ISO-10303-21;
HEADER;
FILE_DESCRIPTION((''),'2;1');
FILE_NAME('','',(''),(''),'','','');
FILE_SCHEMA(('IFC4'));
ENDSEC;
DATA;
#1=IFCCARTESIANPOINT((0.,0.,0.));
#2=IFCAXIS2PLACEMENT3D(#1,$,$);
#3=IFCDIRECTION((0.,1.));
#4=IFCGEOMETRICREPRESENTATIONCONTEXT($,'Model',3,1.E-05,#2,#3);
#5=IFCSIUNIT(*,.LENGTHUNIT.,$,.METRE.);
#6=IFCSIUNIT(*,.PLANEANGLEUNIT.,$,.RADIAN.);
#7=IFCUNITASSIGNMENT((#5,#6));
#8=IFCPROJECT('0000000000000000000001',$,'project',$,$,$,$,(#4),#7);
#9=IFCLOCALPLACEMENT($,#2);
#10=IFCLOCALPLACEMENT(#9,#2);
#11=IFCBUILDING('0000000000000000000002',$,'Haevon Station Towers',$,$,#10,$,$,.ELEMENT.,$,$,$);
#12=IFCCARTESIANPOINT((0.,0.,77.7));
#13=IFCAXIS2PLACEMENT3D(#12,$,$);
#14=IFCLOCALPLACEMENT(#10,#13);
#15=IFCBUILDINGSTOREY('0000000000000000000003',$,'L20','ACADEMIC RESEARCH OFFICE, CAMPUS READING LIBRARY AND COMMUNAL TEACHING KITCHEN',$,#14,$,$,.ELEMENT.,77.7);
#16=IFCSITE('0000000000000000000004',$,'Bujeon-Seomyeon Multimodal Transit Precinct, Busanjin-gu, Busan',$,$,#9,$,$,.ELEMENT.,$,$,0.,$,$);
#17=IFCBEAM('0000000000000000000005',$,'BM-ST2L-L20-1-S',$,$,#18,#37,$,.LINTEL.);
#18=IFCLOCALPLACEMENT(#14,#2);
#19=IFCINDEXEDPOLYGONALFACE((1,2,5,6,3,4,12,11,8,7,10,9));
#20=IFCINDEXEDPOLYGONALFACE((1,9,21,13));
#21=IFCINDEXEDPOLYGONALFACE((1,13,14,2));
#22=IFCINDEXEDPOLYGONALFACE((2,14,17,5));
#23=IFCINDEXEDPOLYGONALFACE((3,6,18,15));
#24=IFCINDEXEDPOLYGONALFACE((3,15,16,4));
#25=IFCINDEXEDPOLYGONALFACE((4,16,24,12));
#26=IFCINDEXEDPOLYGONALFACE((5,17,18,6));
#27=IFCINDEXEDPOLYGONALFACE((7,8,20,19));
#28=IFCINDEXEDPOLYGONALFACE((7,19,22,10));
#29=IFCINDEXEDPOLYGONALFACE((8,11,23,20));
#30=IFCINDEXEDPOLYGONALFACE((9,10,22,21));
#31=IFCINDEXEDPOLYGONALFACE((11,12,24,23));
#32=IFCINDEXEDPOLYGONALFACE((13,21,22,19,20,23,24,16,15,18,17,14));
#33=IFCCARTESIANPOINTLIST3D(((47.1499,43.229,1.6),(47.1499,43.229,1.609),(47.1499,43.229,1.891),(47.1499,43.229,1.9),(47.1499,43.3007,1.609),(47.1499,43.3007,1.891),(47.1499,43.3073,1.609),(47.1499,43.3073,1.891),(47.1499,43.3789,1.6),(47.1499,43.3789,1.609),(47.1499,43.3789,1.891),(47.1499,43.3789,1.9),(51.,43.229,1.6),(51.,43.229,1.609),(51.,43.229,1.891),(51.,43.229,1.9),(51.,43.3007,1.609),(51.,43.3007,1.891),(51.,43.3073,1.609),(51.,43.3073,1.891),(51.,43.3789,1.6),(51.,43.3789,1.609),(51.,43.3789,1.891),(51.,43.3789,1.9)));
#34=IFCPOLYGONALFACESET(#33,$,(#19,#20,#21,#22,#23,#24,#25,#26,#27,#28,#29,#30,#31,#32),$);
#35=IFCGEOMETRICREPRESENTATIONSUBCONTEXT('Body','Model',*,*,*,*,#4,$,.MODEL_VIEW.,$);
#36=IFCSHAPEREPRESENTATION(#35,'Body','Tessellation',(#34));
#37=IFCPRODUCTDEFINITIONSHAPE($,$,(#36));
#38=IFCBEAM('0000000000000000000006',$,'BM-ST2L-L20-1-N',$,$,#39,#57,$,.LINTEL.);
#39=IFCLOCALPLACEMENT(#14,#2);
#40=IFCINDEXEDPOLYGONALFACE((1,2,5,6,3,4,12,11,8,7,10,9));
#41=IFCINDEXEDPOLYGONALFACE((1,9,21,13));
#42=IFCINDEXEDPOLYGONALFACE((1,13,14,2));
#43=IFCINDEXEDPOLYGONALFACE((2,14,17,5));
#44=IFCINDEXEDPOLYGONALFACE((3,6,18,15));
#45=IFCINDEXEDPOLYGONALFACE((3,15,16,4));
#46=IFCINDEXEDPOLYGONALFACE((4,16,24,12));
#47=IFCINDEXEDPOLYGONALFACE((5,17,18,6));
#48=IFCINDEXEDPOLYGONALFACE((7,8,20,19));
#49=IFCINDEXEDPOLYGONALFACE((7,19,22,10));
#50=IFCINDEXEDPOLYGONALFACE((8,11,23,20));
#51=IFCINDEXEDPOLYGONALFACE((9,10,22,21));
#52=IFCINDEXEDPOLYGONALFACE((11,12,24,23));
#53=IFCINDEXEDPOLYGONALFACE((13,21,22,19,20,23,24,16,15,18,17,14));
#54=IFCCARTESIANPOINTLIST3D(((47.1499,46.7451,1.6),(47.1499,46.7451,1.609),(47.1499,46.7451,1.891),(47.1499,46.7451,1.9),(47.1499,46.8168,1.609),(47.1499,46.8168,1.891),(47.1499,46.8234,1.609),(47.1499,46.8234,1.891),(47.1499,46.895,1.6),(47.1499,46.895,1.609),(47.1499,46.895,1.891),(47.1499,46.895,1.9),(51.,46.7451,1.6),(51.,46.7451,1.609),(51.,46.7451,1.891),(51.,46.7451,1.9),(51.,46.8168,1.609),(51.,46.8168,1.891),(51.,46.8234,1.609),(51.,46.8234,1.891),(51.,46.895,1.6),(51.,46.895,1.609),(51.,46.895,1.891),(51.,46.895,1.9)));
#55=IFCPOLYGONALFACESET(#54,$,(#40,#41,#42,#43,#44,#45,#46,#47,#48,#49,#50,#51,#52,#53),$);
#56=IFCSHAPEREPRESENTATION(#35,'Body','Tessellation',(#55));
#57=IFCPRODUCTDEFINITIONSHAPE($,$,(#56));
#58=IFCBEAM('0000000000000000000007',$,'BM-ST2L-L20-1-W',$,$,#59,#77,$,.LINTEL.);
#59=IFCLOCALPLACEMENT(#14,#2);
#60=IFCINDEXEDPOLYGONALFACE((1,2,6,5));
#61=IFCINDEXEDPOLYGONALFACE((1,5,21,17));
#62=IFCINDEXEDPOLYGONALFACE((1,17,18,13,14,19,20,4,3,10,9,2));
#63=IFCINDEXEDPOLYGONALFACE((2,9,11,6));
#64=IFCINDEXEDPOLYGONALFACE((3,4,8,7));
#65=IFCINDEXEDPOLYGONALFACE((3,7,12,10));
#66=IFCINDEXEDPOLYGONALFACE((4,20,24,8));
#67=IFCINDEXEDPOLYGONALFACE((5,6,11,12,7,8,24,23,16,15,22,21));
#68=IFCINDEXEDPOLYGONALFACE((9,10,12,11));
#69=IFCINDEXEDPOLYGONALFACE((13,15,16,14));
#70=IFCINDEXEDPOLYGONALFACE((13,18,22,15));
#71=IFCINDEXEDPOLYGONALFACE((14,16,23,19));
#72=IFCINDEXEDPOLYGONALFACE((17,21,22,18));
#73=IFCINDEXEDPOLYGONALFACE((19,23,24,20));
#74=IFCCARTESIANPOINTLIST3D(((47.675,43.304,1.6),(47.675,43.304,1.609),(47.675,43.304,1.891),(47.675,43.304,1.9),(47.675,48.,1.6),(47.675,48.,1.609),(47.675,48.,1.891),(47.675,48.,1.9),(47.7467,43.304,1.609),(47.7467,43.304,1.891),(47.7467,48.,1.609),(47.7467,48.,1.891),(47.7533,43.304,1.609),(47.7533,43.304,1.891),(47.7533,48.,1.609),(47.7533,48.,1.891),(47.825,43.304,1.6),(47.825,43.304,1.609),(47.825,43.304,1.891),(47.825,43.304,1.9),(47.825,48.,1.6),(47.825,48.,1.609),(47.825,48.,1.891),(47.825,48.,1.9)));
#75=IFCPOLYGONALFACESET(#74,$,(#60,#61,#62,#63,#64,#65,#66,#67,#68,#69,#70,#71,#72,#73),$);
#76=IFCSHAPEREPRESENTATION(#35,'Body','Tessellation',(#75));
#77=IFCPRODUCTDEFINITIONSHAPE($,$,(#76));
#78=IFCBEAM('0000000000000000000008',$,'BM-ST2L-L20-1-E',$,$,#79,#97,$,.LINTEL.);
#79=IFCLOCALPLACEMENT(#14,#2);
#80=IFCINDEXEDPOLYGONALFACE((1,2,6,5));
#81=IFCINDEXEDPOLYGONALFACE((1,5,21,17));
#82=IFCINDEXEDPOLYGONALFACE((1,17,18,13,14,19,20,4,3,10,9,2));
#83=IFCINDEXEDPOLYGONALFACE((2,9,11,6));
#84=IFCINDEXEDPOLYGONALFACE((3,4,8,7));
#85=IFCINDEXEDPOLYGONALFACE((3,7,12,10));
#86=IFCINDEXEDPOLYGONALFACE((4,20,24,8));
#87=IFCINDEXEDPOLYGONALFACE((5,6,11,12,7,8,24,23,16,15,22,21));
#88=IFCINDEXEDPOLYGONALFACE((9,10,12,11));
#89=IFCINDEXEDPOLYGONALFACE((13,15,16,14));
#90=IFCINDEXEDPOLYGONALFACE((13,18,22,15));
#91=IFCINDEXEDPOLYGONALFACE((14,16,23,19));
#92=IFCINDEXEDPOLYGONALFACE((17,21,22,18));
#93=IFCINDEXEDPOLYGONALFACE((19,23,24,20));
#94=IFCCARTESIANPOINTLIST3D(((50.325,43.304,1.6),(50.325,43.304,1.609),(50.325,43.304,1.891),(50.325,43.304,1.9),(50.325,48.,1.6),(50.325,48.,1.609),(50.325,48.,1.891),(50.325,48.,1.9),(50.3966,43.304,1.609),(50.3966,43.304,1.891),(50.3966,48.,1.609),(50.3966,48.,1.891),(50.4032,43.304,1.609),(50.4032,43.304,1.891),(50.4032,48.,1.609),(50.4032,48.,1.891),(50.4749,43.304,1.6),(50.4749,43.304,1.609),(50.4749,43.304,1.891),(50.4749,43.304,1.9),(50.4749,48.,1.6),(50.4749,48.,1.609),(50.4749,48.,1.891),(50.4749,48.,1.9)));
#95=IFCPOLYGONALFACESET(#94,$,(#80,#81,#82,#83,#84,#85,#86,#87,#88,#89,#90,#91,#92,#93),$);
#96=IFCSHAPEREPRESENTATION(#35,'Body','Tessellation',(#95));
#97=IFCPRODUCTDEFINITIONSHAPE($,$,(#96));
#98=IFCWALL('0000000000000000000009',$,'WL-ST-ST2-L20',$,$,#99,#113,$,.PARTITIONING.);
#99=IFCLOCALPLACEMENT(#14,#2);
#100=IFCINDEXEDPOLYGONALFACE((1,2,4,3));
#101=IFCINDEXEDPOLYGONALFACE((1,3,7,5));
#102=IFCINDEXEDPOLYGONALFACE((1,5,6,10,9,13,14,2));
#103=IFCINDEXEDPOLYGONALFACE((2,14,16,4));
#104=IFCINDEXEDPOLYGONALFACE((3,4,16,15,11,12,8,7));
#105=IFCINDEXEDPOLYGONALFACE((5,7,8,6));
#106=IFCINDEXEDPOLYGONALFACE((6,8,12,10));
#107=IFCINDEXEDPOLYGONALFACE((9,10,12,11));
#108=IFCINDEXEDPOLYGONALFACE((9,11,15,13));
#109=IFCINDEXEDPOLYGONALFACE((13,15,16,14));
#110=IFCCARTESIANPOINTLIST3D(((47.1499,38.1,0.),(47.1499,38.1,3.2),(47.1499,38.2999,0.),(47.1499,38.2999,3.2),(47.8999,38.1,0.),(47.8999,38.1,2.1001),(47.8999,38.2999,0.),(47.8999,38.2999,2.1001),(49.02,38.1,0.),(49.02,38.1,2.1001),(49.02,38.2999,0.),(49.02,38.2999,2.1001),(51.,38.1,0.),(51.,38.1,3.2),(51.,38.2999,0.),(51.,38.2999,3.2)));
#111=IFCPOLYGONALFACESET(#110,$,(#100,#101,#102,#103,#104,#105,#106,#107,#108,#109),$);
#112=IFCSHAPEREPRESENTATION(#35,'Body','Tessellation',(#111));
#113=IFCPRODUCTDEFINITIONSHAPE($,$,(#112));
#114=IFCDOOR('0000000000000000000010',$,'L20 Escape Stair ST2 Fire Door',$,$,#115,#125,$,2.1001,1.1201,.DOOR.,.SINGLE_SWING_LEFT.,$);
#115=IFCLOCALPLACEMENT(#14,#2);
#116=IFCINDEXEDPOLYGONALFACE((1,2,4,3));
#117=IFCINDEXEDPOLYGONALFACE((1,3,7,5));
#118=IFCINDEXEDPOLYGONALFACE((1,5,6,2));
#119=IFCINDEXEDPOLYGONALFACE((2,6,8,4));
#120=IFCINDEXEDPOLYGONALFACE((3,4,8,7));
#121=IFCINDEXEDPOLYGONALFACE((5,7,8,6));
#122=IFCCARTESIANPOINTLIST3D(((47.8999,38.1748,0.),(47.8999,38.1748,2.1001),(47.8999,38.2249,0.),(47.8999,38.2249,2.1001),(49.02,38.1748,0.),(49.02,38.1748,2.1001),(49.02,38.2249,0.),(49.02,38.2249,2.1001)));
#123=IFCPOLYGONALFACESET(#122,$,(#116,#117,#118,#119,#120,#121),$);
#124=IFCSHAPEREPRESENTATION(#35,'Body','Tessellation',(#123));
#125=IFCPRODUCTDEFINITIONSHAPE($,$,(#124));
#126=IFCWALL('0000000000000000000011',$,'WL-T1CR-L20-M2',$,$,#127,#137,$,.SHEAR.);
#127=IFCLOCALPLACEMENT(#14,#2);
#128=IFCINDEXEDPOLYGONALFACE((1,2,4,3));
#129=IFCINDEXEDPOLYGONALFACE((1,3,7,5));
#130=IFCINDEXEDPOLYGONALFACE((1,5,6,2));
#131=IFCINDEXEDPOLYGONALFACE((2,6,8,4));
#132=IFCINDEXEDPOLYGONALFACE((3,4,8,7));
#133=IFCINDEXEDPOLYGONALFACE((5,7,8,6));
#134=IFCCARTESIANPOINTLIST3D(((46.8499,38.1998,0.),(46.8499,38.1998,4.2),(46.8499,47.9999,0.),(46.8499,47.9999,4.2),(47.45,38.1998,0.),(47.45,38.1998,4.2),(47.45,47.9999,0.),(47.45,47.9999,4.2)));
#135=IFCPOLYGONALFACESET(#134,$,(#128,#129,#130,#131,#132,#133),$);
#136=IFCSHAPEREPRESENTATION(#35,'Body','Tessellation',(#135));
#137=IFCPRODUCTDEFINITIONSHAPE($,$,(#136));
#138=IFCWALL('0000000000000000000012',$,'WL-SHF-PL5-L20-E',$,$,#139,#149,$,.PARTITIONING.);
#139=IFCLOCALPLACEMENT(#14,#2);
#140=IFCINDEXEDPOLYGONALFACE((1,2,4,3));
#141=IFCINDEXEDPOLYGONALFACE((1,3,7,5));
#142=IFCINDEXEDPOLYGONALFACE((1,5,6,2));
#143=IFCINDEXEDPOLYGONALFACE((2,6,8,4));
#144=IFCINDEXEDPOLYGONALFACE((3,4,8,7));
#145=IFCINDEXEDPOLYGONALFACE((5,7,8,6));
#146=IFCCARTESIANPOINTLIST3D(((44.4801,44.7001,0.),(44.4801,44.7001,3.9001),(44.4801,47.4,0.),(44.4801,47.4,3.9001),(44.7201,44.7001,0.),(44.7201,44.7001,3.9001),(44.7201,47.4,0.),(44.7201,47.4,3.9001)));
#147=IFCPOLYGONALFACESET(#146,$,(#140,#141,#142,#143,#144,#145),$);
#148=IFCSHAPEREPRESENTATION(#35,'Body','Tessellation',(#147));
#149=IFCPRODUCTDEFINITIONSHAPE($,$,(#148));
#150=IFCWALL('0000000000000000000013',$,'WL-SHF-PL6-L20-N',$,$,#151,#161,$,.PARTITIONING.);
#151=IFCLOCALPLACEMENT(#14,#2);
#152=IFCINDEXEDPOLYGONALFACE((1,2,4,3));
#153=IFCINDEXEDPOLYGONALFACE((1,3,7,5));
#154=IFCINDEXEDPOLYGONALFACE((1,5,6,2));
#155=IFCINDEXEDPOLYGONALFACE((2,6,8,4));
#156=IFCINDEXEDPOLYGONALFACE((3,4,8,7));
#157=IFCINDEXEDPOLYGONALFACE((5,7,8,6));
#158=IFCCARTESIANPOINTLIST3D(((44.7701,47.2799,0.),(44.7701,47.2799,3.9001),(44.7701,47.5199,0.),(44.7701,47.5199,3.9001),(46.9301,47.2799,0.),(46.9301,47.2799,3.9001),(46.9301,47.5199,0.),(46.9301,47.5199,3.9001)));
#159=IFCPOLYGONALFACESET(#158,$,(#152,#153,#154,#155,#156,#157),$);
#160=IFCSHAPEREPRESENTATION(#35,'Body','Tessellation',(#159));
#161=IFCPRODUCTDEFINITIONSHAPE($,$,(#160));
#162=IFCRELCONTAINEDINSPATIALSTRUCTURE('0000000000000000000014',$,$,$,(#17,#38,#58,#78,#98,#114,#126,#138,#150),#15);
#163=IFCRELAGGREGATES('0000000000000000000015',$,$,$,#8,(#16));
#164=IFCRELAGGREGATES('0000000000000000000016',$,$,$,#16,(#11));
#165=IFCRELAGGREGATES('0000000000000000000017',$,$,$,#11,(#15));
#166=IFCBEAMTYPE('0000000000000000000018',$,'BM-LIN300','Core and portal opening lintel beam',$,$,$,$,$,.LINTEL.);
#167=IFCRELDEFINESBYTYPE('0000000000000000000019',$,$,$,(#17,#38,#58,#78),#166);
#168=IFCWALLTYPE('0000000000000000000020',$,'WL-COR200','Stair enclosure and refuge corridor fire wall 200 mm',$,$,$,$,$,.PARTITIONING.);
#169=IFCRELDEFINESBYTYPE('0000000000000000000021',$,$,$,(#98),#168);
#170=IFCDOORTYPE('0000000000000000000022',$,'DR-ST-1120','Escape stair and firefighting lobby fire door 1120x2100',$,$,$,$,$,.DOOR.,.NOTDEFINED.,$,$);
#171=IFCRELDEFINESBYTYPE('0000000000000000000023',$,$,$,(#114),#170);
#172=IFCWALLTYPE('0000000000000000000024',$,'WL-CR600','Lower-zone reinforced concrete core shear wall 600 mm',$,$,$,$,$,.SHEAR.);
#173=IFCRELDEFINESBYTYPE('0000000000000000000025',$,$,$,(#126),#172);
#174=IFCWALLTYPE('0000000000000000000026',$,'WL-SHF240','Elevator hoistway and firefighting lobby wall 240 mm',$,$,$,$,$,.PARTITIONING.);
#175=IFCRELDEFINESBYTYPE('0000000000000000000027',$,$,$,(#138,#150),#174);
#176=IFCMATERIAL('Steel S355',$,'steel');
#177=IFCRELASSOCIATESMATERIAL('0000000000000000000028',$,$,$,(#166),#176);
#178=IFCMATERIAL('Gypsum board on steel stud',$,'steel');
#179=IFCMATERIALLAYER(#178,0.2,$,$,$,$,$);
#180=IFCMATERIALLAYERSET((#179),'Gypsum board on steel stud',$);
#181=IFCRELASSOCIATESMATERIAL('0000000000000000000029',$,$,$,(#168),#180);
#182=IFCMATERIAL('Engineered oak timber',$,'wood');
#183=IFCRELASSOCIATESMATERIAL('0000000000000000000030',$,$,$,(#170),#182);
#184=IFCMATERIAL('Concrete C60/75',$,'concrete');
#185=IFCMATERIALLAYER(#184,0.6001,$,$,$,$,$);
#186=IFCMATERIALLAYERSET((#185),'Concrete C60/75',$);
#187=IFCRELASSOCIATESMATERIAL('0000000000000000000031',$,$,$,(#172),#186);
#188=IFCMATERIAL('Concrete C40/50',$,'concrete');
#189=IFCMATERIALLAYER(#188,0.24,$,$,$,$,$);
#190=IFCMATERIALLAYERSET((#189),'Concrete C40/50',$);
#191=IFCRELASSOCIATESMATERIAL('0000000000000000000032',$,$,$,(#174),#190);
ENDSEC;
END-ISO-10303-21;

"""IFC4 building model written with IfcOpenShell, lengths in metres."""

from ifc_helpers import new_model, si_unit, direction, frame, frame_2d, origin, origin_2d, place, context, subcontext, project, spatial, rectangle, i_section, extrude, material, layer, layer_set, material_profile, profile_set, type_object, element, fill, save


model = new_model("IFC4")

# Units and contexts
model_context = context("Model", 3, precision=1e-05, world=origin(), true_north=direction((0.0, 1.0)))
body_context = subcontext(model_context, "Body", "Model", "MODEL_VIEW")
ifc_project = project(units=[si_unit("LENGTHUNIT", "METRE"), si_unit("PLANEANGLEUNIT", "RADIAN")], contexts=[model_context])

# Site, building, storey
site_placement = place(None, origin())
site = spatial("IfcSite", under=ifc_project, at=site_placement, Name="Bujeon-Seomyeon Multimodal Transit Precinct, Busanjin-gu, Busan", CompositionType="ELEMENT", RefElevation=0.0)
building_placement = place(site_placement, origin())
building = spatial("IfcBuilding", under=site, at=building_placement, Name="Haevon Station Towers", CompositionType="ELEMENT")
storey_placement = place(building_placement, frame((0.0, 0.0, 77.7)))
storey = spatial("IfcBuildingStorey", under=building, at=storey_placement, Name="L20", Description="ACADEMIC RESEARCH OFFICE, CAMPUS READING LIBRARY AND COMMUNAL TEACHING KITCHEN", CompositionType="ELEMENT", Elevation=77.7)

# Beams
ifc_material_1 = material(Name="Steel S355", Category="steel")
ifc_material_profile = material_profile(ifc_material_1, i_section(OverallWidth=0.1499, OverallDepth=0.3, WebThickness=0.0066, FlangeThickness=0.009, at=origin_2d()), Name="H-300x150x6.5x9")
ifc_profile_set = profile_set([ifc_material_profile], Name="Steel S355")
beam_type = type_object("IfcBeamType", Name="BM-LIN300", Description="Core and portal opening lintel beam", PredefinedType="LINTEL", material=ifc_profile_set)
for number, where, z_axis, x_axis, name in (
    (1, (47.1499, 43.304, 1.75), (1.0, 0.0, 0.0), (0.0, 1.0, 0.0), "BM-ST2L-L20-1-S"),
    (2, (47.1499, 46.8201, 1.75), (1.0, 0.0, 0.0), (0.0, 1.0, 0.0), "BM-ST2L-L20-1-N"),
):
    element("IfcBeam", number, at=place(storey_placement, frame(where, z_axis=z_axis, x_axis=x_axis)), inside=storey, type_object=beam_type, Name=name, PredefinedType="LINTEL", context=body_context, shape_type="SweptSolid", body=[
        extrude(i_section(OverallWidth=0.1499, OverallDepth=0.3, WebThickness=0.0066, FlangeThickness=0.009, at=origin_2d()), origin(), (0.0, 0.0, 1.0), 3.8501),
    ])
for number, where, z_axis, x_axis, name in (
    (3, (47.75, 43.304, 1.75), (0.0, 1.0, 0.0), (-1.0, 0.0, 0.0), "BM-ST2L-L20-1-W"),
    (4, (50.3999, 43.304, 1.75), (0.0, 1.0, 0.0), (-1.0, 0.0, 0.0), "BM-ST2L-L20-1-E"),
):
    element("IfcBeam", number, at=place(storey_placement, frame(where, z_axis=z_axis, x_axis=x_axis)), inside=storey, type_object=beam_type, Name=name, PredefinedType="LINTEL", context=body_context, shape_type="SweptSolid", body=[
        extrude(i_section(OverallWidth=0.1499, OverallDepth=0.3, WebThickness=0.0066, FlangeThickness=0.009, at=origin_2d()), origin(), (0.0, 0.0, 1.0), 4.696),
    ])

# Wall, opening, door
ifc_material_2 = material(Name="Gypsum board on steel stud", Category="steel")
ifc_layer_1 = layer(ifc_material_2, 0.2)
ifc_layer_set_1 = layer_set([ifc_layer_1], Name="Gypsum board on steel stud")
wall_type_1 = type_object("IfcWallType", Name="WL-COR200", Description="Stair enclosure and refuge corridor fire wall 200 mm", PredefinedType="PARTITIONING", material=ifc_layer_set_1)
wall_1_placement = place(storey_placement, frame((47.1499, 38.2, 0.0), z_axis=(0.0, 0.0, 1.0), x_axis=(1.0, 0.0, 0.0)))
wall_1 = element("IfcWall", 5, at=wall_1_placement, inside=storey, type_object=wall_type_1, Name="WL-ST-ST2-L20", PredefinedType="PARTITIONING", context=body_context, shape_type="SweptSolid", body=[
    extrude(rectangle(XDim=3.8501, YDim=0.2, at=frame_2d((1.925, 0.0))), origin(), (0.0, 0.0, 1.0), 3.2),
])
opening_1_placement = place(wall_1_placement, frame((0.75, 0.0, 0.0)))
opening_1 = element("IfcOpeningElement", 6, at=opening_1_placement, cuts=wall_1, PredefinedType="OPENING", context=body_context, shape_type="SweptSolid", body=[
    extrude(rectangle(XDim=1.1201, YDim=2.1001, at=frame_2d((0.5601, 1.05))), frame((0.0, 0.1099, 0.0), z_axis=(0.0, -1.0, 0.0), x_axis=(1.0, 0.0, 0.0)), (0.0, 0.0, 1.0), 0.22),
])
ifc_material_3 = material(Name="Engineered oak timber", Category="wood")
door_type_1 = type_object("IfcDoorType", Name="DR-ST-1120", Description="Escape stair and firefighting lobby fire door 1120x2100", OperationType="NOTDEFINED", PredefinedType="DOOR", material=ifc_material_3)
door_1_placement = place(opening_1_placement, origin())
door_1 = element("IfcDoor", 7, at=door_1_placement, inside=storey, type_object=door_type_1, Name="L20 Escape Stair ST2 Fire Door", OperationType="SINGLE_SWING_LEFT", OverallHeight=2.1001, OverallWidth=1.1201, PredefinedType="DOOR", context=body_context, shape_type="SweptSolid", body=[
    extrude(rectangle(XDim=1.1201, YDim=2.1001, at=frame_2d((0.5601, 1.05))), frame((0.0, 0.0249, 0.0), z_axis=(0.0, -1.0, 0.0), x_axis=(1.0, 0.0, 0.0)), (0.0, 0.0, 1.0), 0.05),
])
fill(opening_1, door_1)

# Walls
ifc_material_4 = material(Name="Concrete C60/75", Category="concrete")
ifc_layer_2 = layer(ifc_material_4, 0.6001)
ifc_layer_set_2 = layer_set([ifc_layer_2], Name="Concrete C60/75")
wall_type_2 = type_object("IfcWallType", Name="WL-CR600", Description="Lower-zone reinforced concrete core shear wall 600 mm", PredefinedType="SHEAR", material=ifc_layer_set_2)
wall_2_placement = place(storey_placement, frame((47.1499, 38.2, 0.0), z_axis=(0.0, 0.0, 1.0), x_axis=(0.0, 1.0, 0.0)))
element("IfcWall", 8, at=wall_2_placement, inside=storey, type_object=wall_type_2, Name="WL-T1CR-L20-M2", PredefinedType="SHEAR", context=body_context, shape_type="SweptSolid", body=[
    extrude(rectangle(XDim=9.8, YDim=0.6001, at=frame_2d((4.8999, 0.0))), origin(), (0.0, 0.0, 1.0), 4.2),
])
ifc_material_5 = material(Name="Concrete C40/50", Category="concrete")
ifc_layer_3 = layer(ifc_material_5, 0.24)
ifc_layer_set_3 = layer_set([ifc_layer_3], Name="Concrete C40/50")
wall_type_3 = type_object("IfcWallType", Name="WL-SHF240", Description="Elevator hoistway and firefighting lobby wall 240 mm", PredefinedType="PARTITIONING", material=ifc_layer_set_3)
wall_3_placement = place(storey_placement, frame((44.6001, 44.7, 0.0), z_axis=(0.0, 0.0, 1.0), x_axis=(0.0, 1.0, 0.0)))
element("IfcWall", 9, at=wall_3_placement, inside=storey, type_object=wall_type_3, Name="WL-SHF-PL5-L20-E", PredefinedType="PARTITIONING", context=body_context, shape_type="SweptSolid", body=[
    extrude(rectangle(XDim=2.7, YDim=0.24, at=frame_2d((1.3501, 0.0))), origin(), (0.0, 0.0, 1.0), 3.9001),
])

# Wall
wall_4_placement = place(storey_placement, frame((44.77, 47.3999, 0.0), z_axis=(0.0, 0.0, 1.0), x_axis=(1.0, 0.0, 0.0)))
element("IfcWall", 10, at=wall_4_placement, inside=storey, type_object=wall_type_3, Name="WL-SHF-PL6-L20-N", PredefinedType="PARTITIONING", context=body_context, shape_type="SweptSolid", body=[
    extrude(rectangle(XDim=2.1599, YDim=0.24, at=frame_2d((1.0801, 0.0))), origin(), (0.0, 0.0, 1.0), 3.9001),
])

save(model, "model.ifc")
